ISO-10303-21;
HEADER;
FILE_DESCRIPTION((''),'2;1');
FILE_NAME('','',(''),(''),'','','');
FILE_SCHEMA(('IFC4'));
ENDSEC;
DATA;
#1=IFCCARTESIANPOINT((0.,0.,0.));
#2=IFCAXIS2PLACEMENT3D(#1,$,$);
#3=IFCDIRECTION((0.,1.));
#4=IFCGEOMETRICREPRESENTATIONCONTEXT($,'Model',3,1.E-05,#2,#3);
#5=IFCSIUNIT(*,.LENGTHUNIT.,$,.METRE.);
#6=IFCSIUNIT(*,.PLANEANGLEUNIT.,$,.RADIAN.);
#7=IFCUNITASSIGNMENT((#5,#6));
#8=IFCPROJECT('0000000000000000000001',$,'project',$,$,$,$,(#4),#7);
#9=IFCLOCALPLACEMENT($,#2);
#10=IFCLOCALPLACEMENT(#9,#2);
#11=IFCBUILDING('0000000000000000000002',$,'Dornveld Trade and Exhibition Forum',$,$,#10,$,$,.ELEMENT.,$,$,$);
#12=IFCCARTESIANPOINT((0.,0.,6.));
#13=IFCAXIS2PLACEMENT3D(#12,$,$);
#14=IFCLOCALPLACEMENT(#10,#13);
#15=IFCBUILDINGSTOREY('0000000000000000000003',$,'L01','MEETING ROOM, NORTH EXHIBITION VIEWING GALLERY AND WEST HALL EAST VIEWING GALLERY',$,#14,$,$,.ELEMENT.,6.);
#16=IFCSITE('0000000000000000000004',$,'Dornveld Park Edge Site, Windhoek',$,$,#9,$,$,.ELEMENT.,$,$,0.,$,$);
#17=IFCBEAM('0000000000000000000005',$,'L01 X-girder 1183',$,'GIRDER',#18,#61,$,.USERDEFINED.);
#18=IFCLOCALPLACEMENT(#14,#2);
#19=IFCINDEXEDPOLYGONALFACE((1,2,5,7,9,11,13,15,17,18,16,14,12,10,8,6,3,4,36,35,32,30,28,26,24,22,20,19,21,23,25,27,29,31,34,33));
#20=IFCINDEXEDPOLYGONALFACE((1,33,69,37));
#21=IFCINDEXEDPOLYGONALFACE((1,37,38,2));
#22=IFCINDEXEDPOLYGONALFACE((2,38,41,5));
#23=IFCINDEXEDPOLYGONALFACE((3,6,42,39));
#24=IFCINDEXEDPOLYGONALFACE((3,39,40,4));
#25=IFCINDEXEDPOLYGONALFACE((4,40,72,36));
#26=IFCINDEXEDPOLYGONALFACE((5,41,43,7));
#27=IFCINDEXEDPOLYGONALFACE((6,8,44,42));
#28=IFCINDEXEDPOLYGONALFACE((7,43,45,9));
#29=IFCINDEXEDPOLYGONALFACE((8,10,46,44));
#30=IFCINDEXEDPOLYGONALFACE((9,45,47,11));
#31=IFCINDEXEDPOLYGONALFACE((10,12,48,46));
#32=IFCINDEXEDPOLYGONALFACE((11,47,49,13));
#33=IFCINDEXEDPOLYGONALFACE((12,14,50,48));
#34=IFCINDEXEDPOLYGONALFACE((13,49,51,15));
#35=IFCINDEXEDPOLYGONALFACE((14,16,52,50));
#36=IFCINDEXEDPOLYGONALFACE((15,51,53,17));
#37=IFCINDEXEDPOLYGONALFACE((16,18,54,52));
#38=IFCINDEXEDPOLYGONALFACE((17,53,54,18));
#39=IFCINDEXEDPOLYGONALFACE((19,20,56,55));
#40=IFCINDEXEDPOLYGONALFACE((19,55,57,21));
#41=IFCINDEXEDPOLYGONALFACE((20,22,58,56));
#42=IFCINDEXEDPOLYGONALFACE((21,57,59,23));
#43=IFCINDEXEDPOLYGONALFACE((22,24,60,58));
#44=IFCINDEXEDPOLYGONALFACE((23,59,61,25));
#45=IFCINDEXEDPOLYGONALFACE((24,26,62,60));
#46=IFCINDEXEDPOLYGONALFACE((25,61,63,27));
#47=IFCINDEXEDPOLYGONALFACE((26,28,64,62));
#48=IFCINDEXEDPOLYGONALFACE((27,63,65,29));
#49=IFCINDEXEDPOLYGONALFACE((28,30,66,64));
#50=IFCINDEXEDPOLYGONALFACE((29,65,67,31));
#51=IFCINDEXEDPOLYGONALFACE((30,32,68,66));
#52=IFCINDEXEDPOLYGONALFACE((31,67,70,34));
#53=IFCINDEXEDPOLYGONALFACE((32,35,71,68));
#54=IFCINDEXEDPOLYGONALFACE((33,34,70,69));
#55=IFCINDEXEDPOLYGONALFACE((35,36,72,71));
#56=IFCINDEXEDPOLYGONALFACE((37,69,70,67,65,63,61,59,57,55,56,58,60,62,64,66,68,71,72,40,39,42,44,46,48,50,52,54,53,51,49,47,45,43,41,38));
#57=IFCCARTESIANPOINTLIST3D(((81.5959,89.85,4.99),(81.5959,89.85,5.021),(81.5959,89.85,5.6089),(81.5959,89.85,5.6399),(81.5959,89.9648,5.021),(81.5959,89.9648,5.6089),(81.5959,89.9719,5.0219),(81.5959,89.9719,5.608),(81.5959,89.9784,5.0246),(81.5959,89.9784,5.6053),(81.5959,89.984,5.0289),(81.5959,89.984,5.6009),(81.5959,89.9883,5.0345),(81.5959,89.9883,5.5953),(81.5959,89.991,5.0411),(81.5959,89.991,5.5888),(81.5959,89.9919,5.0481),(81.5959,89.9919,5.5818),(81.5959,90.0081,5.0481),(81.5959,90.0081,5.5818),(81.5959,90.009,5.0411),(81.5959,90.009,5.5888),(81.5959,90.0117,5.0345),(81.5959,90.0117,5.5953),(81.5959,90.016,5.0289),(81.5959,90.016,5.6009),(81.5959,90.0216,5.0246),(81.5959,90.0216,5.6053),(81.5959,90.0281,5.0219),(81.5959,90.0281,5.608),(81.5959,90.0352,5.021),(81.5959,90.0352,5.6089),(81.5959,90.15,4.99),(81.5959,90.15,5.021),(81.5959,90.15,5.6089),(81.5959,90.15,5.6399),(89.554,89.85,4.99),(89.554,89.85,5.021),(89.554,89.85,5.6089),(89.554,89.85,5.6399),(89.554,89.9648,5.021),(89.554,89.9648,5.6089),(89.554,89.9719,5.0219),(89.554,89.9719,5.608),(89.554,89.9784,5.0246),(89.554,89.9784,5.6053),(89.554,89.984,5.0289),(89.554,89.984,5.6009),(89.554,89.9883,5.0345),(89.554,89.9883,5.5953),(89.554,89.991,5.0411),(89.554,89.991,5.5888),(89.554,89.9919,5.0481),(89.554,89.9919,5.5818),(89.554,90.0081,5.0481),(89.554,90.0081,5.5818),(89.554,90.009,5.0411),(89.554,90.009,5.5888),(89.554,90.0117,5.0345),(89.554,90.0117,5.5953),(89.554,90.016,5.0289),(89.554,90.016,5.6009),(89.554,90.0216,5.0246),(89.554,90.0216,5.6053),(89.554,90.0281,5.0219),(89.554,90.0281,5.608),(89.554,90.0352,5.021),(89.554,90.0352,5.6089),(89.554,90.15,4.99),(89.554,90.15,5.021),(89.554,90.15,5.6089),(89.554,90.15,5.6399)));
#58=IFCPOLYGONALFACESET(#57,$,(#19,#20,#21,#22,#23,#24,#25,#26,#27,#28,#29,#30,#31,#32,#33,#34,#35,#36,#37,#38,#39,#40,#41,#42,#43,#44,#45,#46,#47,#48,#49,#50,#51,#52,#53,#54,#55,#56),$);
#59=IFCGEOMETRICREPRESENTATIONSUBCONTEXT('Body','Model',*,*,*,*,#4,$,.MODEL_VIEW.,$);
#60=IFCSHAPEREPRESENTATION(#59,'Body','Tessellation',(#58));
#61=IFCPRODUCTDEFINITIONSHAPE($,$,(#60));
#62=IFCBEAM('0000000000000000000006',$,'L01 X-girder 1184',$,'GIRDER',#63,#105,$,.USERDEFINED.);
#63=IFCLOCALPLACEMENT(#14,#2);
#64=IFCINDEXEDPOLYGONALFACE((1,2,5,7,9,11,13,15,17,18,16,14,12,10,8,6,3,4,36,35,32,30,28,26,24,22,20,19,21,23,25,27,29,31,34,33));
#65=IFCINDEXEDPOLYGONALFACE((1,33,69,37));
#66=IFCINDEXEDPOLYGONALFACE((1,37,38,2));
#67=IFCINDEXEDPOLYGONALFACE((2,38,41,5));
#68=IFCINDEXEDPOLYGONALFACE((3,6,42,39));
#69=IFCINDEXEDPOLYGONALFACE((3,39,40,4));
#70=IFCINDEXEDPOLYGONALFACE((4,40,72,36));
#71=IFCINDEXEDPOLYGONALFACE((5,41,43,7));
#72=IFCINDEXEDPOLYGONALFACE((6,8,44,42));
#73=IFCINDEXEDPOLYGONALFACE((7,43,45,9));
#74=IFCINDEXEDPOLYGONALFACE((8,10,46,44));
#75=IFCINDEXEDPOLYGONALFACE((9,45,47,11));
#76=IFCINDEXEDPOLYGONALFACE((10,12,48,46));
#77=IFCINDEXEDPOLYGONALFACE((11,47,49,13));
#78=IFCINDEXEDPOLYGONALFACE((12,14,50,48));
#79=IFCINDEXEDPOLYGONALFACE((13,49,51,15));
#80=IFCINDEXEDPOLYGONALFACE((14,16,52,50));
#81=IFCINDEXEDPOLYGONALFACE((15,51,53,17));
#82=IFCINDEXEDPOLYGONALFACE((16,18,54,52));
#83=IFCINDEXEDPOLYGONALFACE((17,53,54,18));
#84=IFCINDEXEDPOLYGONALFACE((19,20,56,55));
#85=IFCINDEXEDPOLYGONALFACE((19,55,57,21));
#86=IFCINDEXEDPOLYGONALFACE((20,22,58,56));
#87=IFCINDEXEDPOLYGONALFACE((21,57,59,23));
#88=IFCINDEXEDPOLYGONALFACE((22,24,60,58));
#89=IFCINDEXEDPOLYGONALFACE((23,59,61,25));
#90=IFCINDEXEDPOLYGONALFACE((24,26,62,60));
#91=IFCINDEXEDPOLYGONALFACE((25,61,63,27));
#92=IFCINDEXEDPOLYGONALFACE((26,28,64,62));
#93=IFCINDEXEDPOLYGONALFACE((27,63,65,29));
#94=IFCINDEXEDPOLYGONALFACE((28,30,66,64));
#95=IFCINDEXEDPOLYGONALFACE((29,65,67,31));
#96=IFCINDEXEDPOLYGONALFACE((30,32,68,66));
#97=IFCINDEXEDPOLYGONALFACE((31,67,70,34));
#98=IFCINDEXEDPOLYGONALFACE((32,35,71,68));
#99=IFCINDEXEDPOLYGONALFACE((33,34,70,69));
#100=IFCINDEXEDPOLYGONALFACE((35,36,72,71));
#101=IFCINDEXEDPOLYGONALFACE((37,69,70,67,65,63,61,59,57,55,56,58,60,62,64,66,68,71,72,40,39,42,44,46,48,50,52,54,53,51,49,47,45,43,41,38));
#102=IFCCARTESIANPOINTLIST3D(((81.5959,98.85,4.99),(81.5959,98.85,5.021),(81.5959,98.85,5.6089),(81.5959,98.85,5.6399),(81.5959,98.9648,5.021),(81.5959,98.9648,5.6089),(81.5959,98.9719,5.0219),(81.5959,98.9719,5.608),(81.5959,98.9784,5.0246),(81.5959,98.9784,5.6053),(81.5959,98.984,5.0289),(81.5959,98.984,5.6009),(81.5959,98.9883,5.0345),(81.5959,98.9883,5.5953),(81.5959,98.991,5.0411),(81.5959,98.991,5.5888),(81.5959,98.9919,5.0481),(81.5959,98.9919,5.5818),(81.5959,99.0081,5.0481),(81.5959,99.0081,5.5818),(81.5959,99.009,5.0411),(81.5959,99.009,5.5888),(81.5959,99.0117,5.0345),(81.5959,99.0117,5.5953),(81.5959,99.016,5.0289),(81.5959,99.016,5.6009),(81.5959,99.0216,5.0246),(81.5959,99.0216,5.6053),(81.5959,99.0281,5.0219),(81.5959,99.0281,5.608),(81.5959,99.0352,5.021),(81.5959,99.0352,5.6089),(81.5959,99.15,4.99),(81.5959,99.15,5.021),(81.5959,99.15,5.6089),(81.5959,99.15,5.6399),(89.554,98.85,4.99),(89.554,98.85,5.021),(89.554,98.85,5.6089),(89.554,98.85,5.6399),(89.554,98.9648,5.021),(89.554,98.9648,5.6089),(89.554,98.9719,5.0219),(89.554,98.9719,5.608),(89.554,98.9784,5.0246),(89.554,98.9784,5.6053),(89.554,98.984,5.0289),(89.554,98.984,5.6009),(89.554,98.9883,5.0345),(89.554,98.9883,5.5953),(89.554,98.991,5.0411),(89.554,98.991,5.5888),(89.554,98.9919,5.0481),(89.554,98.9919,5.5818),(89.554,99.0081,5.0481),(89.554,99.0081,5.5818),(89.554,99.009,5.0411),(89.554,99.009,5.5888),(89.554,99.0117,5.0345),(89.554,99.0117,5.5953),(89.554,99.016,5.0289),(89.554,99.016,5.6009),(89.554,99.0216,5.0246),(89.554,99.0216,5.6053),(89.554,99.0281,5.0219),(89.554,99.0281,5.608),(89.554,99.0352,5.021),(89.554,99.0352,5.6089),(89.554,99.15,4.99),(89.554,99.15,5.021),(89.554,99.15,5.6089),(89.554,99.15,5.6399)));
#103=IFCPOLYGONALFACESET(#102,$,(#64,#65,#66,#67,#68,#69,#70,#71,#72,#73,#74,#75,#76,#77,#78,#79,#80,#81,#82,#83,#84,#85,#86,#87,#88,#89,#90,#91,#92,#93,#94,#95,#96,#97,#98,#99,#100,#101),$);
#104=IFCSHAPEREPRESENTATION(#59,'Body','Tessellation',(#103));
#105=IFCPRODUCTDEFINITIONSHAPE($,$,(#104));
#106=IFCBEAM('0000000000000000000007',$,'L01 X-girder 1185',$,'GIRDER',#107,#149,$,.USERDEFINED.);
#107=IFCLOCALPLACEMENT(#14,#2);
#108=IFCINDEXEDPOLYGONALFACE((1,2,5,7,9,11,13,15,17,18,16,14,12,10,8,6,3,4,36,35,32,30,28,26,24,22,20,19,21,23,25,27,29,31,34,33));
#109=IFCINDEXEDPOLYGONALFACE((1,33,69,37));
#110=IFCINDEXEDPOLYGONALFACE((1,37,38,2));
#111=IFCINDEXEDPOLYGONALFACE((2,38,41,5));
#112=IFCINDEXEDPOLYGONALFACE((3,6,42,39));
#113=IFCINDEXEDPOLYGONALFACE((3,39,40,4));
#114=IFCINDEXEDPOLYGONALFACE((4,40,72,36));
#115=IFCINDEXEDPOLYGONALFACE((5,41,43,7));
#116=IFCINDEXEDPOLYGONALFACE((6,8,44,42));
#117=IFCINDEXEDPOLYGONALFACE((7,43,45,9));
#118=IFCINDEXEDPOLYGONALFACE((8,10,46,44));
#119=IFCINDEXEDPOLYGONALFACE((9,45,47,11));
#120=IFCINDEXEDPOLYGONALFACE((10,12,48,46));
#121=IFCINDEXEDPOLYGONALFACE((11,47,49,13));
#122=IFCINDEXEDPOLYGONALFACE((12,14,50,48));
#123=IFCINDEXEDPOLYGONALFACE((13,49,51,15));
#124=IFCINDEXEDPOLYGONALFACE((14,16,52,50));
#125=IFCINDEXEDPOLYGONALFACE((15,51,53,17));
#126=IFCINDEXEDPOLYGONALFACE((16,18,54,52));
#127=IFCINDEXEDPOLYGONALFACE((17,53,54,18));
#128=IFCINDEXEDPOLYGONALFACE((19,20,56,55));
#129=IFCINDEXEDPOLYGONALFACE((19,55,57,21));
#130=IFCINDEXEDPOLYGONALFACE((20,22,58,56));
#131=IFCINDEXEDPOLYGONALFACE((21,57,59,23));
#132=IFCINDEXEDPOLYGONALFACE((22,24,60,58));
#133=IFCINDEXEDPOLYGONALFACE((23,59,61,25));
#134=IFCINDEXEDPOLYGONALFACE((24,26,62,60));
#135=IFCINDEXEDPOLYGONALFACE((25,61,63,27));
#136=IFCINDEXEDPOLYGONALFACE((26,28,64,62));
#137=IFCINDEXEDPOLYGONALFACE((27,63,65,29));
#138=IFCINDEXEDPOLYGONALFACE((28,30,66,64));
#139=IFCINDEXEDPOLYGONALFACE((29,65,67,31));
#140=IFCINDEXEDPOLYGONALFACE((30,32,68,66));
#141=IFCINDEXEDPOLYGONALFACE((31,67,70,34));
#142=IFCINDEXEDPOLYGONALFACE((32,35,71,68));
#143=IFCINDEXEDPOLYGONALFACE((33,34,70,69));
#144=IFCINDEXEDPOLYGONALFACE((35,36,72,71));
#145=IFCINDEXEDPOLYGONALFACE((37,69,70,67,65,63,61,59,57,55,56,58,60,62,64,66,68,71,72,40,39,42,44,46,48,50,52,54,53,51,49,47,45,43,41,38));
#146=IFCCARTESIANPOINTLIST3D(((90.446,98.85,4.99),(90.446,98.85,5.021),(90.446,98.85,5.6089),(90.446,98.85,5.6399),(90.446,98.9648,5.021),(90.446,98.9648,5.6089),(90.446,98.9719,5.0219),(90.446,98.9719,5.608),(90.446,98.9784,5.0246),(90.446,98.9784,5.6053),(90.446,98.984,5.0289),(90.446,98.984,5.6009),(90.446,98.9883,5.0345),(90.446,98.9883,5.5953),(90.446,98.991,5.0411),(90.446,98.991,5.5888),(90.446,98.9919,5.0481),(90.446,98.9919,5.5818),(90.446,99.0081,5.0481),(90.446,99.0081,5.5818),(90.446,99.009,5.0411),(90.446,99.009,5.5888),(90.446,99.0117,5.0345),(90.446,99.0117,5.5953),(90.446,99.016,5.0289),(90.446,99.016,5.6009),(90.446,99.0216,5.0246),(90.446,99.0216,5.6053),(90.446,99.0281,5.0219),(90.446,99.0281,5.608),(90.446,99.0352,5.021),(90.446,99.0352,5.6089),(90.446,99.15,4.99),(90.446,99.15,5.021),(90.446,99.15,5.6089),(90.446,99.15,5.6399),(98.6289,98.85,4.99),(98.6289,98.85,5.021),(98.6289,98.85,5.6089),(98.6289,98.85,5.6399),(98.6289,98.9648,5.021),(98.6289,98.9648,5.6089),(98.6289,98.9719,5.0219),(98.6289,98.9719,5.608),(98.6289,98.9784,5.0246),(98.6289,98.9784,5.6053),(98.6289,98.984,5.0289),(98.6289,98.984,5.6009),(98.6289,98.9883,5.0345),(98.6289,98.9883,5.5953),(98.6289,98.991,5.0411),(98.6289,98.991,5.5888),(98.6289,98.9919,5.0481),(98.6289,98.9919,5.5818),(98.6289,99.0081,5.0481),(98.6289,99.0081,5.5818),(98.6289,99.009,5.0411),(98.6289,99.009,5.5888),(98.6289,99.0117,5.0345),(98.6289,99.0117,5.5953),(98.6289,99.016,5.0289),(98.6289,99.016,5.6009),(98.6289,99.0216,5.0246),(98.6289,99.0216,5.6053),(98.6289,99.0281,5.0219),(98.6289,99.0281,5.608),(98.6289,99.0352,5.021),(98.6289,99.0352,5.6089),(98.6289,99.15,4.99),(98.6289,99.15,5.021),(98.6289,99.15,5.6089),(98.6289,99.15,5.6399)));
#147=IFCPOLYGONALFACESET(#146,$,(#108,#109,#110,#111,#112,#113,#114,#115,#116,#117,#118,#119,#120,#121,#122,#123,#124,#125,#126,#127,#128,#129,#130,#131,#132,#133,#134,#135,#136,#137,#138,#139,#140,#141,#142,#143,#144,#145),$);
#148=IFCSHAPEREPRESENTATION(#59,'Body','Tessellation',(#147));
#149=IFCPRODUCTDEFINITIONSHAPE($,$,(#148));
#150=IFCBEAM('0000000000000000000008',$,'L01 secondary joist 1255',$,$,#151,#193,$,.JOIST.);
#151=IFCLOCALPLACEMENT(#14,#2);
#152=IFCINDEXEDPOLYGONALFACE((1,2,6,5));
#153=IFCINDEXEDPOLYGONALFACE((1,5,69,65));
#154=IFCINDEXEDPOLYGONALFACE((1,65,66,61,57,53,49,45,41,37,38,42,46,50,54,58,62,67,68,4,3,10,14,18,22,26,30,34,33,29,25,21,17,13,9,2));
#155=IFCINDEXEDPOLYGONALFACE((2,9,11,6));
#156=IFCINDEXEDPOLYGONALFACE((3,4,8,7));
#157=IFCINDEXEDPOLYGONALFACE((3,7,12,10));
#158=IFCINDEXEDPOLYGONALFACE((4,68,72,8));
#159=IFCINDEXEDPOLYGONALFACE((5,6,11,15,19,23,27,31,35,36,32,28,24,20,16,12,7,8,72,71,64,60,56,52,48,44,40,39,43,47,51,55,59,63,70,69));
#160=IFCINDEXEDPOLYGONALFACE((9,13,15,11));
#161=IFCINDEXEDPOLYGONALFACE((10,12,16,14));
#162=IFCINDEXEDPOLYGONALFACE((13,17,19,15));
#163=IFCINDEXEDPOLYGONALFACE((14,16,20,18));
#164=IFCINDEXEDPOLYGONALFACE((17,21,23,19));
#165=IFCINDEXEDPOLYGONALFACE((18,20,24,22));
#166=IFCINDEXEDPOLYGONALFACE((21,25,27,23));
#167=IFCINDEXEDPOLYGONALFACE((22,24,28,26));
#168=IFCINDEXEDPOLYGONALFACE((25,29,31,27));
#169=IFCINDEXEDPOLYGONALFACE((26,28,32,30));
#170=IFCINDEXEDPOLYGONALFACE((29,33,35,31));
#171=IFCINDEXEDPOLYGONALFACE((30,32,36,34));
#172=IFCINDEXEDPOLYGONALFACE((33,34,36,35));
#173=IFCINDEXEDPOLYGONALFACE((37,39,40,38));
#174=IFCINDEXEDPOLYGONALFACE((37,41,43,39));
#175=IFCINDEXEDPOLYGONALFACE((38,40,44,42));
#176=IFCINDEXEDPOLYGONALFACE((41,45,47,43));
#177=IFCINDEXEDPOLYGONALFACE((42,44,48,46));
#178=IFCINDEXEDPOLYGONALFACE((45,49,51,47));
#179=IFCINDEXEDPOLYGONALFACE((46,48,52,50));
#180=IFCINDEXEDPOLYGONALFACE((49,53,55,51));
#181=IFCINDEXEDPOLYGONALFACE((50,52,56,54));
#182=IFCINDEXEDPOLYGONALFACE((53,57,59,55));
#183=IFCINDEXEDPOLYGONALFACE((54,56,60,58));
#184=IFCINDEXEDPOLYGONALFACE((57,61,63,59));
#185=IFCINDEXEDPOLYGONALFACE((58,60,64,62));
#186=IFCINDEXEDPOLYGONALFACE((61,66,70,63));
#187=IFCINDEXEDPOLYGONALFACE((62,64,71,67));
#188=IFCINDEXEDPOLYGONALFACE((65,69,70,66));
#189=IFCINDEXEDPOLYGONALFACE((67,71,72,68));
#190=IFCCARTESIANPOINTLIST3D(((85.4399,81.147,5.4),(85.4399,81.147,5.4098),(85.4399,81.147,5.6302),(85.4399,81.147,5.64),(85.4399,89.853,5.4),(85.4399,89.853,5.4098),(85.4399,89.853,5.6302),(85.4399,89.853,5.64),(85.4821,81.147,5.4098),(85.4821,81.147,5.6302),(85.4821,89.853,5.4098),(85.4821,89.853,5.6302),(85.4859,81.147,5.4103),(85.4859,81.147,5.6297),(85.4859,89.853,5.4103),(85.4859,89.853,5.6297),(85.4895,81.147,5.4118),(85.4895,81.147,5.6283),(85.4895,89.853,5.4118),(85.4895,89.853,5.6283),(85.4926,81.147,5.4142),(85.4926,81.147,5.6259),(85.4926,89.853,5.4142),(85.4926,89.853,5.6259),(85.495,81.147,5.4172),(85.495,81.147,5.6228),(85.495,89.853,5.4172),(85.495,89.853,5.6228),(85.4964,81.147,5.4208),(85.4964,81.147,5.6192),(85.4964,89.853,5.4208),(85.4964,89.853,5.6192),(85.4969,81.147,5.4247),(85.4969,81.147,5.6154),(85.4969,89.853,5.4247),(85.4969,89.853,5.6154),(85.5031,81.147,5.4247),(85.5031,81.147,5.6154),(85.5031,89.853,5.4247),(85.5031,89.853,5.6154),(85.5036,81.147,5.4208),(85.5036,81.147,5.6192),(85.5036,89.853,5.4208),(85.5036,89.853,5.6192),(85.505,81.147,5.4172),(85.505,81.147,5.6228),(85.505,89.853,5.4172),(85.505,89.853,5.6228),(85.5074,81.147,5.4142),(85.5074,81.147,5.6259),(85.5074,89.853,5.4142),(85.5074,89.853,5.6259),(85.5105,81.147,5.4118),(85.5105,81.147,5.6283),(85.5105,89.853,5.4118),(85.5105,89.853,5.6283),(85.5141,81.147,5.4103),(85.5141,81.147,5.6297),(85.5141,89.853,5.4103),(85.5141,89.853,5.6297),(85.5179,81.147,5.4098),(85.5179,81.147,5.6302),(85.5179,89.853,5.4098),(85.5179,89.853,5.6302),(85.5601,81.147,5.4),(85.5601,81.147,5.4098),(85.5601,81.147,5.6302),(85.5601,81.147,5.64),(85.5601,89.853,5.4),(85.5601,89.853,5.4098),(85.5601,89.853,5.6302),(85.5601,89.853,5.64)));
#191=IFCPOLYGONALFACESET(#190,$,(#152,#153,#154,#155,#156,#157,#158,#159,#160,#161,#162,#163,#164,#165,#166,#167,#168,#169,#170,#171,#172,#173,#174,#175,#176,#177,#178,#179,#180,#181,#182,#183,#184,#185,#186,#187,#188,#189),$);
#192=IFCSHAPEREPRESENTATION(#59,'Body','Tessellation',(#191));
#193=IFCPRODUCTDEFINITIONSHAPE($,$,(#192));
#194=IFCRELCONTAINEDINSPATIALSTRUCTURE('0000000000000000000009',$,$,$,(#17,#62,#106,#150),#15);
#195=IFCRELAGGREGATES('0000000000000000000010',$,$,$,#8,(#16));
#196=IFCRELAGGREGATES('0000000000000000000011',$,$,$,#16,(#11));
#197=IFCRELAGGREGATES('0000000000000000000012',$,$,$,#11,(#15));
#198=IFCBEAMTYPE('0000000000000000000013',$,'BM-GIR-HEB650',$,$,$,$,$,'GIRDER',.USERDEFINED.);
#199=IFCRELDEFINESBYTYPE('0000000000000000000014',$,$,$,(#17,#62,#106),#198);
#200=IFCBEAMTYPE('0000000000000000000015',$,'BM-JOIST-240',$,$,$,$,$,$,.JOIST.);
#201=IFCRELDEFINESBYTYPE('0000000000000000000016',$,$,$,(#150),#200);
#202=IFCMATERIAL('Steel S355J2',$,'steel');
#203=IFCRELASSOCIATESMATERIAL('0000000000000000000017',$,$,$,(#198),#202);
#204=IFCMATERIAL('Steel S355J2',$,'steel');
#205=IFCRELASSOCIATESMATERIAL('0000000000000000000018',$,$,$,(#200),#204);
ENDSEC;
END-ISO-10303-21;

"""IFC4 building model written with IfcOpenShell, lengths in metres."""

from ifc_helpers import new_model, si_unit, direction, frame, origin, origin_2d, place, context, subcontext, project, spatial, i_section, extrude, material, material_profile, profile_set, type_object, element, save


model = new_model("IFC4")

# Units and contexts
model_context = context("Model", 3, precision=1e-05, world=origin(), true_north=direction((0.0, 1.0)))
body_context = subcontext(model_context, "Body", "Model", "MODEL_VIEW")
ifc_project = project(units=[si_unit("LENGTHUNIT", "METRE"), si_unit("PLANEANGLEUNIT", "RADIAN")], contexts=[model_context])

# Site, building, storey
site_placement = place(None, origin())
site = spatial("IfcSite", under=ifc_project, at=site_placement, Name="Dornveld Park Edge Site, Windhoek", CompositionType="ELEMENT", RefElevation=0.0)
building_placement = place(site_placement, origin())
building = spatial("IfcBuilding", under=site, at=building_placement, Name="Dornveld Trade and Exhibition Forum", CompositionType="ELEMENT")
storey_placement = place(building_placement, frame((0.0, 0.0, 6.0)))
storey = spatial("IfcBuildingStorey", under=building, at=storey_placement, Name="L01", Description="MEETING ROOM, NORTH EXHIBITION VIEWING GALLERY AND WEST HALL EAST VIEWING GALLERY", CompositionType="ELEMENT", Elevation=6.0)

# Beams
ifc_material_1 = material(Name="Steel S355J2", Category="steel")
ifc_material_profile_1 = material_profile(ifc_material_1, i_section(OverallWidth=0.3, OverallDepth=0.6499, WebThickness=0.0161, FlangeThickness=0.031, FilletRadius=0.0271, at=origin_2d()), Name="HEB 650")
ifc_profile_set_1 = profile_set([ifc_material_profile_1], Name="Steel S355J2")
beam_type_1 = type_object("IfcBeamType", Name="BM-GIR-HEB650", ElementType="GIRDER", PredefinedType="USERDEFINED", material=ifc_profile_set_1)
for number, where, z_axis, x_axis, name in (
    (1, (81.5959, 90.0, 5.3149), (1.0, 0.0, 0.0), (0.0, 1.0, 0.0), "L01 X-girder 1183"),
    (2, (81.5959, 99.0, 5.3149), (1.0, 0.0, 0.0), (0.0, 1.0, 0.0), "L01 X-girder 1184"),
):
    element("IfcBeam", number, at=place(storey_placement, frame(where, z_axis=z_axis, x_axis=x_axis)), inside=storey, type_object=beam_type_1, Name=name, ObjectType="GIRDER", PredefinedType="USERDEFINED", context=body_context, shape_type="SweptSolid", body=[
        extrude(i_section(OverallWidth=0.3, OverallDepth=0.6499, WebThickness=0.0161, FlangeThickness=0.031, FilletRadius=0.0271, at=origin_2d()), origin(), (0.0, 0.0, 1.0), 7.958),
    ])
beam_1_placement = place(storey_placement, frame((90.446, 99.0, 5.3149), z_axis=(1.0, 0.0, 0.0), x_axis=(0.0, 1.0, 0.0)))
element("IfcBeam", 3, at=beam_1_placement, inside=storey, type_object=beam_type_1, Name="L01 X-girder 1185", ObjectType="GIRDER", PredefinedType="USERDEFINED", context=body_context, shape_type="SweptSolid", body=[
    extrude(i_section(OverallWidth=0.3, OverallDepth=0.6499, WebThickness=0.0161, FlangeThickness=0.031, FilletRadius=0.0271, at=origin_2d()), origin(), (0.0, 0.0, 1.0), 8.1829),
])
ifc_material_2 = material(Name="Steel S355J2", Category="steel")
ifc_material_profile_2 = material_profile(ifc_material_2, i_section(OverallWidth=0.1201, OverallDepth=0.24, WebThickness=0.0061, FlangeThickness=0.0098, FilletRadius=0.0149, at=origin_2d()), Name="IPE 240")
ifc_profile_set_2 = profile_set([ifc_material_profile_2], Name="Steel S355J2")
beam_type_2 = type_object("IfcBeamType", Name="BM-JOIST-240", PredefinedType="JOIST", material=ifc_profile_set_2)
for number, where, z_axis, x_axis, name in (
    (4, (85.5, 81.147, 5.52), (0.0, 1.0, 0.0), (-1.0, 0.0, 0.0), "L01 secondary joist 1255"),
):
    element("IfcBeam", number, at=place(storey_placement, frame(where, z_axis=z_axis, x_axis=x_axis)), inside=storey, type_object=beam_type_2, Name=name, PredefinedType="JOIST", context=body_context, shape_type="SweptSolid", body=[
        extrude(i_section(OverallWidth=0.1201, OverallDepth=0.24, WebThickness=0.0061, FlangeThickness=0.0098, FilletRadius=0.0149, at=origin_2d()), origin(), (0.0, 0.0, 1.0), 8.7061),
    ])

save(model, "model.ifc")
